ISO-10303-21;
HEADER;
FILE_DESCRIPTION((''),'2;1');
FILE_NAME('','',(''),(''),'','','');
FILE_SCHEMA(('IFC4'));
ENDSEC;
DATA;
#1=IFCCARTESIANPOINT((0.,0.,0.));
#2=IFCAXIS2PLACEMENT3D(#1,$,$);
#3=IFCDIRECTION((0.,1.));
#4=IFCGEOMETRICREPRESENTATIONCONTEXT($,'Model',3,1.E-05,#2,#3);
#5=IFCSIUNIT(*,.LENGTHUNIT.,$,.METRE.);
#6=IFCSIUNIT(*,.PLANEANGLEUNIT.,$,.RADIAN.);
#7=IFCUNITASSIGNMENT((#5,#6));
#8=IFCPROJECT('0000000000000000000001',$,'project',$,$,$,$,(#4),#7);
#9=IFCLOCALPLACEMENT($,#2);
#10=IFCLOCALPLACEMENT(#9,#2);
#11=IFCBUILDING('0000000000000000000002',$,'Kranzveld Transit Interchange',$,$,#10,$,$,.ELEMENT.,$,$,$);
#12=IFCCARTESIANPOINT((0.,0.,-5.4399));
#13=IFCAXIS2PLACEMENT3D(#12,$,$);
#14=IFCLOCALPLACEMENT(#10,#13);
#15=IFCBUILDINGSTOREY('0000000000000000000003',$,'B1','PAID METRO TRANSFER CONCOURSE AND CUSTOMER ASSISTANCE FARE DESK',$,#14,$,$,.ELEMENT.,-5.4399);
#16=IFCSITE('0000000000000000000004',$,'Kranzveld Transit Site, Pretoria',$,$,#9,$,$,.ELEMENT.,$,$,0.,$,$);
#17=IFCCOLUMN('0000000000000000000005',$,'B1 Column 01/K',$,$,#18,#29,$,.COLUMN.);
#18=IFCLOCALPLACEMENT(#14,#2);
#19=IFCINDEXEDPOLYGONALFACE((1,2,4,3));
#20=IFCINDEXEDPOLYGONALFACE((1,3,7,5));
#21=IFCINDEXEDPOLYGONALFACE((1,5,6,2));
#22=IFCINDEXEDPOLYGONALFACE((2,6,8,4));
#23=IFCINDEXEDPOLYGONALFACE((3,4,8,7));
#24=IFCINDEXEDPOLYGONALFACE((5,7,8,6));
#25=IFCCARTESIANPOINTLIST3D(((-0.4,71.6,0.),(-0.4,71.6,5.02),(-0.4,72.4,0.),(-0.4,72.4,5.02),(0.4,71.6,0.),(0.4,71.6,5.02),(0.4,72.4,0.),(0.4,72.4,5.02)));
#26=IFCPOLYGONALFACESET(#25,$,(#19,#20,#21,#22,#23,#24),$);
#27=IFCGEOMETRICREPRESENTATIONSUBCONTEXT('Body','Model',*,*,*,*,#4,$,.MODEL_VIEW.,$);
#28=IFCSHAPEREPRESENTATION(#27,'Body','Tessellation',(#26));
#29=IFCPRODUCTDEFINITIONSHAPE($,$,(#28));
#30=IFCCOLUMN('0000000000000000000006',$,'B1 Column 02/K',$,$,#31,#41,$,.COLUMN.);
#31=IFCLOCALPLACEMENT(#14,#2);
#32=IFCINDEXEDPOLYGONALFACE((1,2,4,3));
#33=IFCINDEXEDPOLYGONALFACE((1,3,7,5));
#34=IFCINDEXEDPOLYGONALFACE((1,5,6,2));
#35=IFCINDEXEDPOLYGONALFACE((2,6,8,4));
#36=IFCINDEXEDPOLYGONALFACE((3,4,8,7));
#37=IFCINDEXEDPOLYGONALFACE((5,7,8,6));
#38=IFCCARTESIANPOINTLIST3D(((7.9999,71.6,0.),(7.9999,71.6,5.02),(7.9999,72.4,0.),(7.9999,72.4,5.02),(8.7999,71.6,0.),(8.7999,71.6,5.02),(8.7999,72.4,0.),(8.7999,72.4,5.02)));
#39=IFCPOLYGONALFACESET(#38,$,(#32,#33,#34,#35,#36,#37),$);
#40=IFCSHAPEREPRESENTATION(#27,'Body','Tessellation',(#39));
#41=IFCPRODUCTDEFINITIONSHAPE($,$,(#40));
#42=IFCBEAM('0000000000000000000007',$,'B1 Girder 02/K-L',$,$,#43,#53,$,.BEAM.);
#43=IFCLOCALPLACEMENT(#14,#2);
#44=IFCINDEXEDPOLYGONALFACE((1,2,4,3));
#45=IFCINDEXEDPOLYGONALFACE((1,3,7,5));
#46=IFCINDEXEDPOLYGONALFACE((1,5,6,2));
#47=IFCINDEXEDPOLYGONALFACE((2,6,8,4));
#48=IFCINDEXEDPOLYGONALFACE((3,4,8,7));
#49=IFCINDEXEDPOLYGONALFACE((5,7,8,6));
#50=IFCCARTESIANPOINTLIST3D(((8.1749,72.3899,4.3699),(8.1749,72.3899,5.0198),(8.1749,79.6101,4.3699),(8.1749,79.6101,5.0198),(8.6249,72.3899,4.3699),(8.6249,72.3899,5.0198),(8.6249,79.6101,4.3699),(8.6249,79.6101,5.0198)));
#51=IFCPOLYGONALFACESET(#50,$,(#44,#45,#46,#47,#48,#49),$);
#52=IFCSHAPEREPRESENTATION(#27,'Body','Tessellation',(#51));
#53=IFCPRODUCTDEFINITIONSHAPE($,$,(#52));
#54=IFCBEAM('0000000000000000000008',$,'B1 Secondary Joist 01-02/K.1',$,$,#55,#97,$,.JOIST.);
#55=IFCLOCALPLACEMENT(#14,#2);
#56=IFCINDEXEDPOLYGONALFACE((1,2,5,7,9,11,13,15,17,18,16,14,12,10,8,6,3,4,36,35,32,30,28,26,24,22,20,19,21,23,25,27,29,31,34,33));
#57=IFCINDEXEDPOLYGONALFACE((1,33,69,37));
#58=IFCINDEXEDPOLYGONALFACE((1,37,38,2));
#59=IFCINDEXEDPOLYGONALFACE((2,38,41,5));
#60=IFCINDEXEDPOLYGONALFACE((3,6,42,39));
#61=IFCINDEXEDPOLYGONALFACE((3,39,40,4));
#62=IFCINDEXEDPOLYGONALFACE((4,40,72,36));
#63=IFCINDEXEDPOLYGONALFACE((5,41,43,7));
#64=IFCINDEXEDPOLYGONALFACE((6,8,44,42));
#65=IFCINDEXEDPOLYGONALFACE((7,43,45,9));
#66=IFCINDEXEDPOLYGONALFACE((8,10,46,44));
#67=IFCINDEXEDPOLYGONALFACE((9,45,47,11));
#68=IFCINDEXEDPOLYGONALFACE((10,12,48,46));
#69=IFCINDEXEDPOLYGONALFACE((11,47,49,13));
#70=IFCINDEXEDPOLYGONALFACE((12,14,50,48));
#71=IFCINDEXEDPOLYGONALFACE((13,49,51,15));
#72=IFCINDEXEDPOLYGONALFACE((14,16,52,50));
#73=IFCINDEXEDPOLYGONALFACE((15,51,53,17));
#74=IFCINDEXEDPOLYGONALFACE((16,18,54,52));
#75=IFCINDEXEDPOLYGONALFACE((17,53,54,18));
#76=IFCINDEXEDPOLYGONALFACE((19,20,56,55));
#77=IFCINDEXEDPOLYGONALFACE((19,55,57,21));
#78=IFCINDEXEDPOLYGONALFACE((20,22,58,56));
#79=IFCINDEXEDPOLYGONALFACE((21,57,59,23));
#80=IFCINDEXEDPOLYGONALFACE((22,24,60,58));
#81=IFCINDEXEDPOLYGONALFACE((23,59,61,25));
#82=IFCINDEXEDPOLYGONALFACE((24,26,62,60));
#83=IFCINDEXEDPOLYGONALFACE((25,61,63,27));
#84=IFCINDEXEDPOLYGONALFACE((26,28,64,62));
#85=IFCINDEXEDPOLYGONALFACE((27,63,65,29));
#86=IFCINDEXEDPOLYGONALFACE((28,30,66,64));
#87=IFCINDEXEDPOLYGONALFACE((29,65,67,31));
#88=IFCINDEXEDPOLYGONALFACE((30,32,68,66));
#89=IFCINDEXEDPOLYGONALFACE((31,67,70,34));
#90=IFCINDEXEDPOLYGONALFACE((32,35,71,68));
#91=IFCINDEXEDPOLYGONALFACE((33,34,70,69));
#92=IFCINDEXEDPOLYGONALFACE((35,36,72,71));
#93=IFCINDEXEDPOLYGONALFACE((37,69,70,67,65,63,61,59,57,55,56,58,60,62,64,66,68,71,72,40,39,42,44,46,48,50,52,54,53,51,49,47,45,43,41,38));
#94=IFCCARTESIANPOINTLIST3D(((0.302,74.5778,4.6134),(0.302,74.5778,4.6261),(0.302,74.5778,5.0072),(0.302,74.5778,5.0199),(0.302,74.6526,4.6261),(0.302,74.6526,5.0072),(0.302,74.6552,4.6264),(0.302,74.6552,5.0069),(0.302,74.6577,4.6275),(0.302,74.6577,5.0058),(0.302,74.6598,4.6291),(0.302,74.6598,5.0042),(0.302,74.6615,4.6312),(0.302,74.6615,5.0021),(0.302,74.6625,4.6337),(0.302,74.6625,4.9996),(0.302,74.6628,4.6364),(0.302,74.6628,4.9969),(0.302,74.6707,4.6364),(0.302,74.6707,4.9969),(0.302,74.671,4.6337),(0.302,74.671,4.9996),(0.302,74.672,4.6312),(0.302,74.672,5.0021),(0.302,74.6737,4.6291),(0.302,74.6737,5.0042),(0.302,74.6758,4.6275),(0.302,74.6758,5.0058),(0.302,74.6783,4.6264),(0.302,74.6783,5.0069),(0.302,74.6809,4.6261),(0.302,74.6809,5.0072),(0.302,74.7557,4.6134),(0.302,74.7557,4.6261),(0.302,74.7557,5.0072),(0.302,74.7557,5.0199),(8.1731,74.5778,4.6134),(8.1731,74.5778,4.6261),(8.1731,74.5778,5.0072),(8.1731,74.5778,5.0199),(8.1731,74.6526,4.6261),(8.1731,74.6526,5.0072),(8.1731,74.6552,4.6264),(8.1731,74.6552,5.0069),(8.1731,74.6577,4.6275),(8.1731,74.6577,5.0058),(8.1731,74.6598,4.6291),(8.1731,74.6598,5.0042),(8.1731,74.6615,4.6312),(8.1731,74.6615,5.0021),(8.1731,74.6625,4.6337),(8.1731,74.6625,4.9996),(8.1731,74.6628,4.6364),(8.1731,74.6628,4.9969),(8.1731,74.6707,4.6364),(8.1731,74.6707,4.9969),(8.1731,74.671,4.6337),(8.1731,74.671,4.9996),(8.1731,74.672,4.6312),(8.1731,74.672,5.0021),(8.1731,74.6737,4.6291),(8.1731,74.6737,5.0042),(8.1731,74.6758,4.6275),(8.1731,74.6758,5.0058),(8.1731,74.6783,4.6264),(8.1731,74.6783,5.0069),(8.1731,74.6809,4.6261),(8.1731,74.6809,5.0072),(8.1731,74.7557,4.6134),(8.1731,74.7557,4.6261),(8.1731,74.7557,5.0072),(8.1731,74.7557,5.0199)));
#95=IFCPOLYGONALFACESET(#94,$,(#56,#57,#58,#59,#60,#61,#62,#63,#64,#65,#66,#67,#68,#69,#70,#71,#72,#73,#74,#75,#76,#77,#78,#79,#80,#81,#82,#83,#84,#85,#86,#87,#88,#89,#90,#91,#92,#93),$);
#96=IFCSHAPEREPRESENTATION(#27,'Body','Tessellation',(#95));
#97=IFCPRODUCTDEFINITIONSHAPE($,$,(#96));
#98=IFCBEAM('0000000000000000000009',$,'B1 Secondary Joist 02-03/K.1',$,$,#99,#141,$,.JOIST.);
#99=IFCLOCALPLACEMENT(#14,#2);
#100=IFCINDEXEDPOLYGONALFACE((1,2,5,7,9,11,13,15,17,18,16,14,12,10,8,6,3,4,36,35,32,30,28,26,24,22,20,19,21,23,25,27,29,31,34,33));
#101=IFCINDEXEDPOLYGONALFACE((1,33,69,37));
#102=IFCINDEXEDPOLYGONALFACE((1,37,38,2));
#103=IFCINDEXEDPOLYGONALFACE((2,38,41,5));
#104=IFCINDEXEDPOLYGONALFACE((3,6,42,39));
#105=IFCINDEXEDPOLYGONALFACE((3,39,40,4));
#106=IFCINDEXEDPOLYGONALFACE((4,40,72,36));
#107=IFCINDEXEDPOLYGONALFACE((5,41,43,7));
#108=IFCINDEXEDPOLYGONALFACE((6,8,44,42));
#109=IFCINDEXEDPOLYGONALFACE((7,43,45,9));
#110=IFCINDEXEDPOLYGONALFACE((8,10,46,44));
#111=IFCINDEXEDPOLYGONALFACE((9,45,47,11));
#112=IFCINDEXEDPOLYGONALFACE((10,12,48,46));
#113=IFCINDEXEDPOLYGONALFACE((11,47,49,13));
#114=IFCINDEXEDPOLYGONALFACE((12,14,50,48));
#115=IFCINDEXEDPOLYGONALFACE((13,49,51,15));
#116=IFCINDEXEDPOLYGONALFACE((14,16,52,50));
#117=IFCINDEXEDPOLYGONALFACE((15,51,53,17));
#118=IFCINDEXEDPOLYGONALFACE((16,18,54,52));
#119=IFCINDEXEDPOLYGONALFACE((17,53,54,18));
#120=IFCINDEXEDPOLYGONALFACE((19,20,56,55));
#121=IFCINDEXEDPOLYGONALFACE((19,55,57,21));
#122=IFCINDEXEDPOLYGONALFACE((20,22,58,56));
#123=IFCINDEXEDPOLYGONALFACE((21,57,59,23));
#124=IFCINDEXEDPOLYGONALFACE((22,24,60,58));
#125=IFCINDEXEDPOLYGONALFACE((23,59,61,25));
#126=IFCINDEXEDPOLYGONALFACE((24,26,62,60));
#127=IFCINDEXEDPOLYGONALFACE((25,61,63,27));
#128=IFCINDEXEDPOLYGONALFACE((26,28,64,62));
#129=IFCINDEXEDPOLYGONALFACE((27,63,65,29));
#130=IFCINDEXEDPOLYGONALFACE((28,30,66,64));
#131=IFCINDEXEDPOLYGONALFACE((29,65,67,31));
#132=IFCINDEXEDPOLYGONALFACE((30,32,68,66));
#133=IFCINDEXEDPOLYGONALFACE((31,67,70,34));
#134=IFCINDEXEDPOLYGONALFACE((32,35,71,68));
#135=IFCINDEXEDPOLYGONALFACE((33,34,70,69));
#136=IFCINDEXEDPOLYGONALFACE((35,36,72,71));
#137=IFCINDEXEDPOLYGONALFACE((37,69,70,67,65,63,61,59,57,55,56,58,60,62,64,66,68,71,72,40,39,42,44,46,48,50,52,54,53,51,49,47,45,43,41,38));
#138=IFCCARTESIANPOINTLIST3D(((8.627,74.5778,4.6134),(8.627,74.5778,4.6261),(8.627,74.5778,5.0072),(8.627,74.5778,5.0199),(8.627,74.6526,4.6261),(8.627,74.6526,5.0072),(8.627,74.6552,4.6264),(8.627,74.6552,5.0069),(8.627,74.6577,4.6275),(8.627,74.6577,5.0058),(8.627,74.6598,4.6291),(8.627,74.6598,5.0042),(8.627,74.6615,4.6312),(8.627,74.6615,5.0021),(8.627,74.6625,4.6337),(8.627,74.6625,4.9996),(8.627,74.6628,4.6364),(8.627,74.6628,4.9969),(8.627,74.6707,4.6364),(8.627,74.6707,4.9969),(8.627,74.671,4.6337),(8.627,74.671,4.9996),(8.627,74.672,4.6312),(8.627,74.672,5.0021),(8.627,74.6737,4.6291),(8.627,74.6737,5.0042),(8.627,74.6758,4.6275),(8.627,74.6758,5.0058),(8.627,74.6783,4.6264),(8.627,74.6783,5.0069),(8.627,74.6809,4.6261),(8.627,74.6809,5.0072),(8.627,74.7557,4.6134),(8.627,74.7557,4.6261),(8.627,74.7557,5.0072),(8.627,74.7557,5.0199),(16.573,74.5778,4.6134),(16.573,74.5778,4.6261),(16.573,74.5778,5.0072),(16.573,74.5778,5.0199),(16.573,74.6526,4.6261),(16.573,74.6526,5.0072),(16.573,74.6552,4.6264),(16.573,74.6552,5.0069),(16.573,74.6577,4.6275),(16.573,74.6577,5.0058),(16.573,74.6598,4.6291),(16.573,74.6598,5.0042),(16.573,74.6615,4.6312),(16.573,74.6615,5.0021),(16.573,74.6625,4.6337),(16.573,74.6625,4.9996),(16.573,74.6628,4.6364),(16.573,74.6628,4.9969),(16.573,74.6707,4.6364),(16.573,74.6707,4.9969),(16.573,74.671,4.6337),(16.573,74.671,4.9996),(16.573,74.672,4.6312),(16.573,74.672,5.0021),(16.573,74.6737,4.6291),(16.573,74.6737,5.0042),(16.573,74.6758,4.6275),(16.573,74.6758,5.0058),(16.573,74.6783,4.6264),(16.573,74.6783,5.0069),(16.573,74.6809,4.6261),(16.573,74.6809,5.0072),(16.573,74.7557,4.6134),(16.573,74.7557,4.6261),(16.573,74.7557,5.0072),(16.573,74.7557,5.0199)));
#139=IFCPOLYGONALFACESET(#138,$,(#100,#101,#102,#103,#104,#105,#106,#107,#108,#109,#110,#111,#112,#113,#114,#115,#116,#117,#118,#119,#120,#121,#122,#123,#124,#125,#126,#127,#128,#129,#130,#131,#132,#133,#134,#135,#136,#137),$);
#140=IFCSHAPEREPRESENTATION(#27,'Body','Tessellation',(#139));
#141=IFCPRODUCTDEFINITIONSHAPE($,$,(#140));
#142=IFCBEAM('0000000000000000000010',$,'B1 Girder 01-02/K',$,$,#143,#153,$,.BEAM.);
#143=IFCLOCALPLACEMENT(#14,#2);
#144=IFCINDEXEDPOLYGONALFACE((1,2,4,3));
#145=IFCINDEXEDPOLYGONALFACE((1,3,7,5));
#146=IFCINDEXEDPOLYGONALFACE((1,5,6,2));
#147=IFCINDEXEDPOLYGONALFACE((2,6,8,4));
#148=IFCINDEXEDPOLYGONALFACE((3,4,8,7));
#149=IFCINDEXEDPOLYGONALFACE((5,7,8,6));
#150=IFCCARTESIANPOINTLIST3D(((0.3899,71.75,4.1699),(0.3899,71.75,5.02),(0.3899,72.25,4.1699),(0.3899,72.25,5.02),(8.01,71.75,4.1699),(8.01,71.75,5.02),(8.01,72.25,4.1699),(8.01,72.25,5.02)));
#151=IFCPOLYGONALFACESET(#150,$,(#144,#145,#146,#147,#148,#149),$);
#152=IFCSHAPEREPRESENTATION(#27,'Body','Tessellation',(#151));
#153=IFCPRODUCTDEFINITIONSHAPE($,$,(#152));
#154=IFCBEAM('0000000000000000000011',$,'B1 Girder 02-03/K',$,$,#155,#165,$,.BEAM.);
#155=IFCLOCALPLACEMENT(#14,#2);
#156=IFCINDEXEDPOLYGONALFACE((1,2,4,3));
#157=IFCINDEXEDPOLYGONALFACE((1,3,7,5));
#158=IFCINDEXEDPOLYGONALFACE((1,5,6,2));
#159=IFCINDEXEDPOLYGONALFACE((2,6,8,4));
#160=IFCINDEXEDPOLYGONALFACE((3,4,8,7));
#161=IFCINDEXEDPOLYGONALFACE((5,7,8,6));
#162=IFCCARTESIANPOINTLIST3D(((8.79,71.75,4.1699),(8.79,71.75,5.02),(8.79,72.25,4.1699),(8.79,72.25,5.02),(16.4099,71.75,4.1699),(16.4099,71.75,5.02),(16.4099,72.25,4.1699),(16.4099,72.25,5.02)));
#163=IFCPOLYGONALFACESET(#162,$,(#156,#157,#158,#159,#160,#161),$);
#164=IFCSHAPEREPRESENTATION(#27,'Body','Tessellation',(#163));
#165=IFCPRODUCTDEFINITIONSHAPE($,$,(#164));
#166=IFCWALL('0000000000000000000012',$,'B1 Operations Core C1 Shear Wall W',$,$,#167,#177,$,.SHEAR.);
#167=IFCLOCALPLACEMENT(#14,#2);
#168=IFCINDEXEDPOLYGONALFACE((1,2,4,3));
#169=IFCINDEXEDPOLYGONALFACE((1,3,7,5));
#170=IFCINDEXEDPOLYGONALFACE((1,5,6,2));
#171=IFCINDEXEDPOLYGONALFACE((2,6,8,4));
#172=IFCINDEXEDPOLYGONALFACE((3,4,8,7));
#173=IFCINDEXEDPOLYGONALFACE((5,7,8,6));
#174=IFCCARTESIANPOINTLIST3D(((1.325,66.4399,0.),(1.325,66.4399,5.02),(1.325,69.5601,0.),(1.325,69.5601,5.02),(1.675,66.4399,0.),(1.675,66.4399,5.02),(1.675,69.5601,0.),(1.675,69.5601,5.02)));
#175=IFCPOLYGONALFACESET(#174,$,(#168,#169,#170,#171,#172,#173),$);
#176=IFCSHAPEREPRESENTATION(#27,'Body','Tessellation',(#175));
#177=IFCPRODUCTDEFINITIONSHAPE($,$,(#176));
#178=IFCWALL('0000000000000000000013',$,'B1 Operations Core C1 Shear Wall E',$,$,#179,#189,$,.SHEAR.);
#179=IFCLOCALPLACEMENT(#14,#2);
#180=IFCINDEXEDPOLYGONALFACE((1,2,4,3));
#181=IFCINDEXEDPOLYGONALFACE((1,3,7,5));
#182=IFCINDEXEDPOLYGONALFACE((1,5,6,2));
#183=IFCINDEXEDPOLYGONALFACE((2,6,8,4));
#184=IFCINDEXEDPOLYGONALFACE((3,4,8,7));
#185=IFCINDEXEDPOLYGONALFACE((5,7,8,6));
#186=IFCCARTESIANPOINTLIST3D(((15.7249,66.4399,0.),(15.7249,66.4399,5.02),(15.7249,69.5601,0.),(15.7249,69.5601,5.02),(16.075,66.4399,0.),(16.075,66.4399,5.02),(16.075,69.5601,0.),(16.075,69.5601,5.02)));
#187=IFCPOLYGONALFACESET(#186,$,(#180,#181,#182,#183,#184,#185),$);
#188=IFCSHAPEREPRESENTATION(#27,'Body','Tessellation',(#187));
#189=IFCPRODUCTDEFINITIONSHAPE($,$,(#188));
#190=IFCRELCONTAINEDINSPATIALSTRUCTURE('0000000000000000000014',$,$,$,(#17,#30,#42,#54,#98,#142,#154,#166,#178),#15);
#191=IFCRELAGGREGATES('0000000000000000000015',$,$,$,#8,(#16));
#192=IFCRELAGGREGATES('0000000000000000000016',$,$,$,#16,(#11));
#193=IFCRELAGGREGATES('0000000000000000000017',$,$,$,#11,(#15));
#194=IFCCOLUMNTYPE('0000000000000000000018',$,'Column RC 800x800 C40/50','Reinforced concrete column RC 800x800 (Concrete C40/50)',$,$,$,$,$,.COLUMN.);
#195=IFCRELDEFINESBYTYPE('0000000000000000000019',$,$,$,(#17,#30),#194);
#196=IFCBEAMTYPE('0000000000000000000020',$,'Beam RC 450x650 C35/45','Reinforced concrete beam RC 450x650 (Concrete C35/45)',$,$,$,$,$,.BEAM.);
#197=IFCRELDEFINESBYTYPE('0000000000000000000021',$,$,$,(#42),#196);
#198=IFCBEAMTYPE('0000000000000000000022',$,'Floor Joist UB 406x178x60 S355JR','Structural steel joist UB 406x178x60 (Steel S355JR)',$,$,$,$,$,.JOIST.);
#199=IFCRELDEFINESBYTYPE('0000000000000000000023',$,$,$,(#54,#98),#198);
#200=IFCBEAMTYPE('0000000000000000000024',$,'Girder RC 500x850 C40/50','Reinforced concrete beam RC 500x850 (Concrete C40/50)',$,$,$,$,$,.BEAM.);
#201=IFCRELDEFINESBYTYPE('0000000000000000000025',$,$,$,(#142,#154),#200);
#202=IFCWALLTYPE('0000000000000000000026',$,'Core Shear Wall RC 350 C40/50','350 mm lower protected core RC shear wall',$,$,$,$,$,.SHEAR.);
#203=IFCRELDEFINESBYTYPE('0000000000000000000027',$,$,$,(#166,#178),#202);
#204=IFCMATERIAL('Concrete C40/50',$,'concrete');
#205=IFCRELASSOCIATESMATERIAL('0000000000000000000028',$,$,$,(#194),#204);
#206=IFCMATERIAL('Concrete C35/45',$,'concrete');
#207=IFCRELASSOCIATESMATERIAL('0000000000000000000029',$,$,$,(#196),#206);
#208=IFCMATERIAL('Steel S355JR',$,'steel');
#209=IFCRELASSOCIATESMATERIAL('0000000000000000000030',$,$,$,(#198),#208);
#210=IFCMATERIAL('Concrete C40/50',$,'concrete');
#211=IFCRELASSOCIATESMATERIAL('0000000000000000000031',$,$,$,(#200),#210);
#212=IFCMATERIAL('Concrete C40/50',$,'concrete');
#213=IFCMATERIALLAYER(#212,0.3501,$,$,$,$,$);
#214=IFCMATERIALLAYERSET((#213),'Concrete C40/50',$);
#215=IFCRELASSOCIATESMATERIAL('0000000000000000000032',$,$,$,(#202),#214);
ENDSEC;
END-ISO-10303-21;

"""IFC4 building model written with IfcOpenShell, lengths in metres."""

from ifc_helpers import new_model, si_unit, direction, frame, frame_2d, origin, origin_2d, place, context, subcontext, project, spatial, rectangle, i_section, extrude, material, layer, layer_set, material_profile, profile_set, type_object, element, save


model = new_model("IFC4")

# Units and contexts
model_context = context("Model", 3, precision=1e-05, world=origin(), true_north=direction((0.0, 1.0)))
body_context = subcontext(model_context, "Body", "Model", "MODEL_VIEW")
ifc_project = project(units=[si_unit("LENGTHUNIT", "METRE"), si_unit("PLANEANGLEUNIT", "RADIAN")], contexts=[model_context])

# Site, building, storey
site_placement = place(None, origin())
site = spatial("IfcSite", under=ifc_project, at=site_placement, Name="Kranzveld Transit Site, Pretoria", CompositionType="ELEMENT", RefElevation=0.0)
building_placement = place(site_placement, origin())
building = spatial("IfcBuilding", under=site, at=building_placement, Name="Kranzveld Transit Interchange", CompositionType="ELEMENT")
storey_placement = place(building_placement, frame((0.0, 0.0, -5.4399)))
storey = spatial("IfcBuildingStorey", under=building, at=storey_placement, Name="B1", Description="PAID METRO TRANSFER CONCOURSE AND CUSTOMER ASSISTANCE FARE DESK", CompositionType="ELEMENT", Elevation=-5.4399)

# Columns
ifc_material_1 = material(Name="Concrete C40/50", Category="concrete")
ifc_material_profile_1 = material_profile(ifc_material_1, rectangle(XDim=0.8, YDim=0.8, at=origin_2d()), Name="RC 800x800")
ifc_profile_set_1 = profile_set([ifc_material_profile_1], Name="Concrete C40/50")
column_type = type_object("IfcColumnType", Name="Column RC 800x800 C40/50", Description="Reinforced concrete column RC 800x800 (Concrete C40/50)", PredefinedType="COLUMN", material=ifc_profile_set_1)
for number, where, z_axis, x_axis, name in (
    (1, (0.0, 72.0, 0.0), (0.0, 0.0, 1.0), (1.0, 0.0, 0.0), "B1 Column 01/K"),
    (2, (8.3999, 72.0, 0.0), (0.0, 0.0, 1.0), (1.0, 0.0, 0.0), "B1 Column 02/K"),
):
    element("IfcColumn", number, at=place(storey_placement, frame(where, z_axis=z_axis, x_axis=x_axis)), inside=storey, type_object=column_type, Name=name, PredefinedType="COLUMN", context=body_context, shape_type="SweptSolid", body=[
        extrude(rectangle(XDim=0.8, YDim=0.8, at=origin_2d()), origin(), (0.0, 0.0, 1.0), 5.02),
    ])

# Beams
ifc_material_2 = material(Name="Concrete C35/45", Category="concrete")
ifc_material_profile_2 = material_profile(ifc_material_2, rectangle(XDim=0.45, YDim=0.6499, at=origin_2d()), Name="RC 450x650")
ifc_profile_set_2 = profile_set([ifc_material_profile_2], Name="Concrete C35/45")
beam_type_1 = type_object("IfcBeamType", Name="Beam RC 450x650 C35/45", Description="Reinforced concrete beam RC 450x650 (Concrete C35/45)", PredefinedType="BEAM", material=ifc_profile_set_2)
beam_1_placement = place(storey_placement, frame((8.3999, 72.3899, 4.6948), z_axis=(0.0, 1.0, 0.0), x_axis=(-1.0, 0.0, 0.0)))
element("IfcBeam", 3, at=beam_1_placement, inside=storey, type_object=beam_type_1, Name="B1 Girder 02/K-L", PredefinedType="BEAM", context=body_context, shape_type="SweptSolid", body=[
    extrude(rectangle(XDim=0.45, YDim=0.6499, at=origin_2d()), origin(), (0.0, 0.0, 1.0), 7.2202),
])
ifc_material_3 = material(Name="Steel S355JR", Category="steel")
ifc_material_profile_3 = material_profile(ifc_material_3, i_section(OverallWidth=0.178, OverallDepth=0.4065, WebThickness=0.0078, FlangeThickness=0.0127, FilletRadius=0.0103, at=origin_2d()), Name="UB 406x178x60")
ifc_profile_set_3 = profile_set([ifc_material_profile_3], Name="Steel S355JR")
beam_type_2 = type_object("IfcBeamType", Name="Floor Joist UB 406x178x60 S355JR", Description="Structural steel joist UB 406x178x60 (Steel S355JR)", PredefinedType="JOIST", material=ifc_profile_set_3)
beam_2_placement = place(storey_placement, frame((0.302, 74.6667, 4.8167), z_axis=(1.0, 0.0, 0.0), x_axis=(0.0, 1.0, 0.0)))
element("IfcBeam", 4, at=beam_2_placement, inside=storey, type_object=beam_type_2, Name="B1 Secondary Joist 01-02/K.1", PredefinedType="JOIST", context=body_context, shape_type="SweptSolid", body=[
    extrude(i_section(OverallWidth=0.178, OverallDepth=0.4065, WebThickness=0.0078, FlangeThickness=0.0127, FilletRadius=0.0103, at=origin_2d()), origin(), (0.0, 0.0, 1.0), 7.8711),
])
beam_3_placement = place(storey_placement, frame((8.627, 74.6667, 4.8167), z_axis=(1.0, 0.0, 0.0), x_axis=(0.0, 1.0, 0.0)))
element("IfcBeam", 5, at=beam_3_placement, inside=storey, type_object=beam_type_2, Name="B1 Secondary Joist 02-03/K.1", PredefinedType="JOIST", context=body_context, shape_type="SweptSolid", body=[
    extrude(i_section(OverallWidth=0.178, OverallDepth=0.4065, WebThickness=0.0078, FlangeThickness=0.0127, FilletRadius=0.0103, at=origin_2d()), origin(), (0.0, 0.0, 1.0), 7.946),
])
ifc_material_4 = material(Name="Concrete C40/50", Category="concrete")
ifc_material_profile_4 = material_profile(ifc_material_4, rectangle(XDim=0.5, YDim=0.8501, at=origin_2d()), Name="RC 500x850")
ifc_profile_set_4 = profile_set([ifc_material_profile_4], Name="Concrete C40/50")
beam_type_3 = type_object("IfcBeamType", Name="Girder RC 500x850 C40/50", Description="Reinforced concrete beam RC 500x850 (Concrete C40/50)", PredefinedType="BEAM", material=ifc_profile_set_4)
beam_4_placement = place(storey_placement, frame((0.3899, 72.0, 4.595), z_axis=(1.0, 0.0, 0.0), x_axis=(0.0, 1.0, 0.0)))
element("IfcBeam", 6, at=beam_4_placement, inside=storey, type_object=beam_type_3, Name="B1 Girder 01-02/K", PredefinedType="BEAM", context=body_context, shape_type="SweptSolid", body=[
    extrude(rectangle(XDim=0.5, YDim=0.8501, at=origin_2d()), origin(), (0.0, 0.0, 1.0), 7.6201),
])
beam_5_placement = place(storey_placement, frame((8.79, 72.0, 4.595), z_axis=(1.0, 0.0, 0.0), x_axis=(0.0, 1.0, 0.0)))
element("IfcBeam", 7, at=beam_5_placement, inside=storey, type_object=beam_type_3, Name="B1 Girder 02-03/K", PredefinedType="BEAM", context=body_context, shape_type="SweptSolid", body=[
    extrude(rectangle(XDim=0.5, YDim=0.8501, at=origin_2d()), origin(), (0.0, 0.0, 1.0), 7.6199),
])

# Shared definitions
ifc_material_5 = material(Name="Concrete C40/50", Category="concrete")
ifc_layer_1 = layer(ifc_material_5, 0.3501)
ifc_layer_set_1 = layer_set([ifc_layer_1], Name="Concrete C40/50")
wall_type_1 = type_object("IfcWallType", Name="Core Shear Wall RC 350 C40/50", Description="350 mm lower protected core RC shear wall", PredefinedType="SHEAR", material=ifc_layer_set_1)

# Walls
for number, where, z_axis, x_axis, name in (
    (8, (1.5, 66.4399, 0.0), (0.0, 0.0, 1.0), (0.0, 1.0, 0.0), "B1 Operations Core C1 Shear Wall W"),
    (9, (15.8999, 66.4399, 0.0), (0.0, 0.0, 1.0), (0.0, 1.0, 0.0), "B1 Operations Core C1 Shear Wall E"),
):
    element("IfcWall", number, at=place(storey_placement, frame(where, z_axis=z_axis, x_axis=x_axis)), inside=storey, type_object=wall_type_1, Name=name, PredefinedType="SHEAR", context=body_context, shape_type="SweptSolid", body=[
        extrude(rectangle(XDim=3.1201, YDim=0.3501, at=frame_2d((1.5601, 0.0))), origin(), (0.0, 0.0, 1.0), 5.02),
    ])

save(model, "model.ifc")
